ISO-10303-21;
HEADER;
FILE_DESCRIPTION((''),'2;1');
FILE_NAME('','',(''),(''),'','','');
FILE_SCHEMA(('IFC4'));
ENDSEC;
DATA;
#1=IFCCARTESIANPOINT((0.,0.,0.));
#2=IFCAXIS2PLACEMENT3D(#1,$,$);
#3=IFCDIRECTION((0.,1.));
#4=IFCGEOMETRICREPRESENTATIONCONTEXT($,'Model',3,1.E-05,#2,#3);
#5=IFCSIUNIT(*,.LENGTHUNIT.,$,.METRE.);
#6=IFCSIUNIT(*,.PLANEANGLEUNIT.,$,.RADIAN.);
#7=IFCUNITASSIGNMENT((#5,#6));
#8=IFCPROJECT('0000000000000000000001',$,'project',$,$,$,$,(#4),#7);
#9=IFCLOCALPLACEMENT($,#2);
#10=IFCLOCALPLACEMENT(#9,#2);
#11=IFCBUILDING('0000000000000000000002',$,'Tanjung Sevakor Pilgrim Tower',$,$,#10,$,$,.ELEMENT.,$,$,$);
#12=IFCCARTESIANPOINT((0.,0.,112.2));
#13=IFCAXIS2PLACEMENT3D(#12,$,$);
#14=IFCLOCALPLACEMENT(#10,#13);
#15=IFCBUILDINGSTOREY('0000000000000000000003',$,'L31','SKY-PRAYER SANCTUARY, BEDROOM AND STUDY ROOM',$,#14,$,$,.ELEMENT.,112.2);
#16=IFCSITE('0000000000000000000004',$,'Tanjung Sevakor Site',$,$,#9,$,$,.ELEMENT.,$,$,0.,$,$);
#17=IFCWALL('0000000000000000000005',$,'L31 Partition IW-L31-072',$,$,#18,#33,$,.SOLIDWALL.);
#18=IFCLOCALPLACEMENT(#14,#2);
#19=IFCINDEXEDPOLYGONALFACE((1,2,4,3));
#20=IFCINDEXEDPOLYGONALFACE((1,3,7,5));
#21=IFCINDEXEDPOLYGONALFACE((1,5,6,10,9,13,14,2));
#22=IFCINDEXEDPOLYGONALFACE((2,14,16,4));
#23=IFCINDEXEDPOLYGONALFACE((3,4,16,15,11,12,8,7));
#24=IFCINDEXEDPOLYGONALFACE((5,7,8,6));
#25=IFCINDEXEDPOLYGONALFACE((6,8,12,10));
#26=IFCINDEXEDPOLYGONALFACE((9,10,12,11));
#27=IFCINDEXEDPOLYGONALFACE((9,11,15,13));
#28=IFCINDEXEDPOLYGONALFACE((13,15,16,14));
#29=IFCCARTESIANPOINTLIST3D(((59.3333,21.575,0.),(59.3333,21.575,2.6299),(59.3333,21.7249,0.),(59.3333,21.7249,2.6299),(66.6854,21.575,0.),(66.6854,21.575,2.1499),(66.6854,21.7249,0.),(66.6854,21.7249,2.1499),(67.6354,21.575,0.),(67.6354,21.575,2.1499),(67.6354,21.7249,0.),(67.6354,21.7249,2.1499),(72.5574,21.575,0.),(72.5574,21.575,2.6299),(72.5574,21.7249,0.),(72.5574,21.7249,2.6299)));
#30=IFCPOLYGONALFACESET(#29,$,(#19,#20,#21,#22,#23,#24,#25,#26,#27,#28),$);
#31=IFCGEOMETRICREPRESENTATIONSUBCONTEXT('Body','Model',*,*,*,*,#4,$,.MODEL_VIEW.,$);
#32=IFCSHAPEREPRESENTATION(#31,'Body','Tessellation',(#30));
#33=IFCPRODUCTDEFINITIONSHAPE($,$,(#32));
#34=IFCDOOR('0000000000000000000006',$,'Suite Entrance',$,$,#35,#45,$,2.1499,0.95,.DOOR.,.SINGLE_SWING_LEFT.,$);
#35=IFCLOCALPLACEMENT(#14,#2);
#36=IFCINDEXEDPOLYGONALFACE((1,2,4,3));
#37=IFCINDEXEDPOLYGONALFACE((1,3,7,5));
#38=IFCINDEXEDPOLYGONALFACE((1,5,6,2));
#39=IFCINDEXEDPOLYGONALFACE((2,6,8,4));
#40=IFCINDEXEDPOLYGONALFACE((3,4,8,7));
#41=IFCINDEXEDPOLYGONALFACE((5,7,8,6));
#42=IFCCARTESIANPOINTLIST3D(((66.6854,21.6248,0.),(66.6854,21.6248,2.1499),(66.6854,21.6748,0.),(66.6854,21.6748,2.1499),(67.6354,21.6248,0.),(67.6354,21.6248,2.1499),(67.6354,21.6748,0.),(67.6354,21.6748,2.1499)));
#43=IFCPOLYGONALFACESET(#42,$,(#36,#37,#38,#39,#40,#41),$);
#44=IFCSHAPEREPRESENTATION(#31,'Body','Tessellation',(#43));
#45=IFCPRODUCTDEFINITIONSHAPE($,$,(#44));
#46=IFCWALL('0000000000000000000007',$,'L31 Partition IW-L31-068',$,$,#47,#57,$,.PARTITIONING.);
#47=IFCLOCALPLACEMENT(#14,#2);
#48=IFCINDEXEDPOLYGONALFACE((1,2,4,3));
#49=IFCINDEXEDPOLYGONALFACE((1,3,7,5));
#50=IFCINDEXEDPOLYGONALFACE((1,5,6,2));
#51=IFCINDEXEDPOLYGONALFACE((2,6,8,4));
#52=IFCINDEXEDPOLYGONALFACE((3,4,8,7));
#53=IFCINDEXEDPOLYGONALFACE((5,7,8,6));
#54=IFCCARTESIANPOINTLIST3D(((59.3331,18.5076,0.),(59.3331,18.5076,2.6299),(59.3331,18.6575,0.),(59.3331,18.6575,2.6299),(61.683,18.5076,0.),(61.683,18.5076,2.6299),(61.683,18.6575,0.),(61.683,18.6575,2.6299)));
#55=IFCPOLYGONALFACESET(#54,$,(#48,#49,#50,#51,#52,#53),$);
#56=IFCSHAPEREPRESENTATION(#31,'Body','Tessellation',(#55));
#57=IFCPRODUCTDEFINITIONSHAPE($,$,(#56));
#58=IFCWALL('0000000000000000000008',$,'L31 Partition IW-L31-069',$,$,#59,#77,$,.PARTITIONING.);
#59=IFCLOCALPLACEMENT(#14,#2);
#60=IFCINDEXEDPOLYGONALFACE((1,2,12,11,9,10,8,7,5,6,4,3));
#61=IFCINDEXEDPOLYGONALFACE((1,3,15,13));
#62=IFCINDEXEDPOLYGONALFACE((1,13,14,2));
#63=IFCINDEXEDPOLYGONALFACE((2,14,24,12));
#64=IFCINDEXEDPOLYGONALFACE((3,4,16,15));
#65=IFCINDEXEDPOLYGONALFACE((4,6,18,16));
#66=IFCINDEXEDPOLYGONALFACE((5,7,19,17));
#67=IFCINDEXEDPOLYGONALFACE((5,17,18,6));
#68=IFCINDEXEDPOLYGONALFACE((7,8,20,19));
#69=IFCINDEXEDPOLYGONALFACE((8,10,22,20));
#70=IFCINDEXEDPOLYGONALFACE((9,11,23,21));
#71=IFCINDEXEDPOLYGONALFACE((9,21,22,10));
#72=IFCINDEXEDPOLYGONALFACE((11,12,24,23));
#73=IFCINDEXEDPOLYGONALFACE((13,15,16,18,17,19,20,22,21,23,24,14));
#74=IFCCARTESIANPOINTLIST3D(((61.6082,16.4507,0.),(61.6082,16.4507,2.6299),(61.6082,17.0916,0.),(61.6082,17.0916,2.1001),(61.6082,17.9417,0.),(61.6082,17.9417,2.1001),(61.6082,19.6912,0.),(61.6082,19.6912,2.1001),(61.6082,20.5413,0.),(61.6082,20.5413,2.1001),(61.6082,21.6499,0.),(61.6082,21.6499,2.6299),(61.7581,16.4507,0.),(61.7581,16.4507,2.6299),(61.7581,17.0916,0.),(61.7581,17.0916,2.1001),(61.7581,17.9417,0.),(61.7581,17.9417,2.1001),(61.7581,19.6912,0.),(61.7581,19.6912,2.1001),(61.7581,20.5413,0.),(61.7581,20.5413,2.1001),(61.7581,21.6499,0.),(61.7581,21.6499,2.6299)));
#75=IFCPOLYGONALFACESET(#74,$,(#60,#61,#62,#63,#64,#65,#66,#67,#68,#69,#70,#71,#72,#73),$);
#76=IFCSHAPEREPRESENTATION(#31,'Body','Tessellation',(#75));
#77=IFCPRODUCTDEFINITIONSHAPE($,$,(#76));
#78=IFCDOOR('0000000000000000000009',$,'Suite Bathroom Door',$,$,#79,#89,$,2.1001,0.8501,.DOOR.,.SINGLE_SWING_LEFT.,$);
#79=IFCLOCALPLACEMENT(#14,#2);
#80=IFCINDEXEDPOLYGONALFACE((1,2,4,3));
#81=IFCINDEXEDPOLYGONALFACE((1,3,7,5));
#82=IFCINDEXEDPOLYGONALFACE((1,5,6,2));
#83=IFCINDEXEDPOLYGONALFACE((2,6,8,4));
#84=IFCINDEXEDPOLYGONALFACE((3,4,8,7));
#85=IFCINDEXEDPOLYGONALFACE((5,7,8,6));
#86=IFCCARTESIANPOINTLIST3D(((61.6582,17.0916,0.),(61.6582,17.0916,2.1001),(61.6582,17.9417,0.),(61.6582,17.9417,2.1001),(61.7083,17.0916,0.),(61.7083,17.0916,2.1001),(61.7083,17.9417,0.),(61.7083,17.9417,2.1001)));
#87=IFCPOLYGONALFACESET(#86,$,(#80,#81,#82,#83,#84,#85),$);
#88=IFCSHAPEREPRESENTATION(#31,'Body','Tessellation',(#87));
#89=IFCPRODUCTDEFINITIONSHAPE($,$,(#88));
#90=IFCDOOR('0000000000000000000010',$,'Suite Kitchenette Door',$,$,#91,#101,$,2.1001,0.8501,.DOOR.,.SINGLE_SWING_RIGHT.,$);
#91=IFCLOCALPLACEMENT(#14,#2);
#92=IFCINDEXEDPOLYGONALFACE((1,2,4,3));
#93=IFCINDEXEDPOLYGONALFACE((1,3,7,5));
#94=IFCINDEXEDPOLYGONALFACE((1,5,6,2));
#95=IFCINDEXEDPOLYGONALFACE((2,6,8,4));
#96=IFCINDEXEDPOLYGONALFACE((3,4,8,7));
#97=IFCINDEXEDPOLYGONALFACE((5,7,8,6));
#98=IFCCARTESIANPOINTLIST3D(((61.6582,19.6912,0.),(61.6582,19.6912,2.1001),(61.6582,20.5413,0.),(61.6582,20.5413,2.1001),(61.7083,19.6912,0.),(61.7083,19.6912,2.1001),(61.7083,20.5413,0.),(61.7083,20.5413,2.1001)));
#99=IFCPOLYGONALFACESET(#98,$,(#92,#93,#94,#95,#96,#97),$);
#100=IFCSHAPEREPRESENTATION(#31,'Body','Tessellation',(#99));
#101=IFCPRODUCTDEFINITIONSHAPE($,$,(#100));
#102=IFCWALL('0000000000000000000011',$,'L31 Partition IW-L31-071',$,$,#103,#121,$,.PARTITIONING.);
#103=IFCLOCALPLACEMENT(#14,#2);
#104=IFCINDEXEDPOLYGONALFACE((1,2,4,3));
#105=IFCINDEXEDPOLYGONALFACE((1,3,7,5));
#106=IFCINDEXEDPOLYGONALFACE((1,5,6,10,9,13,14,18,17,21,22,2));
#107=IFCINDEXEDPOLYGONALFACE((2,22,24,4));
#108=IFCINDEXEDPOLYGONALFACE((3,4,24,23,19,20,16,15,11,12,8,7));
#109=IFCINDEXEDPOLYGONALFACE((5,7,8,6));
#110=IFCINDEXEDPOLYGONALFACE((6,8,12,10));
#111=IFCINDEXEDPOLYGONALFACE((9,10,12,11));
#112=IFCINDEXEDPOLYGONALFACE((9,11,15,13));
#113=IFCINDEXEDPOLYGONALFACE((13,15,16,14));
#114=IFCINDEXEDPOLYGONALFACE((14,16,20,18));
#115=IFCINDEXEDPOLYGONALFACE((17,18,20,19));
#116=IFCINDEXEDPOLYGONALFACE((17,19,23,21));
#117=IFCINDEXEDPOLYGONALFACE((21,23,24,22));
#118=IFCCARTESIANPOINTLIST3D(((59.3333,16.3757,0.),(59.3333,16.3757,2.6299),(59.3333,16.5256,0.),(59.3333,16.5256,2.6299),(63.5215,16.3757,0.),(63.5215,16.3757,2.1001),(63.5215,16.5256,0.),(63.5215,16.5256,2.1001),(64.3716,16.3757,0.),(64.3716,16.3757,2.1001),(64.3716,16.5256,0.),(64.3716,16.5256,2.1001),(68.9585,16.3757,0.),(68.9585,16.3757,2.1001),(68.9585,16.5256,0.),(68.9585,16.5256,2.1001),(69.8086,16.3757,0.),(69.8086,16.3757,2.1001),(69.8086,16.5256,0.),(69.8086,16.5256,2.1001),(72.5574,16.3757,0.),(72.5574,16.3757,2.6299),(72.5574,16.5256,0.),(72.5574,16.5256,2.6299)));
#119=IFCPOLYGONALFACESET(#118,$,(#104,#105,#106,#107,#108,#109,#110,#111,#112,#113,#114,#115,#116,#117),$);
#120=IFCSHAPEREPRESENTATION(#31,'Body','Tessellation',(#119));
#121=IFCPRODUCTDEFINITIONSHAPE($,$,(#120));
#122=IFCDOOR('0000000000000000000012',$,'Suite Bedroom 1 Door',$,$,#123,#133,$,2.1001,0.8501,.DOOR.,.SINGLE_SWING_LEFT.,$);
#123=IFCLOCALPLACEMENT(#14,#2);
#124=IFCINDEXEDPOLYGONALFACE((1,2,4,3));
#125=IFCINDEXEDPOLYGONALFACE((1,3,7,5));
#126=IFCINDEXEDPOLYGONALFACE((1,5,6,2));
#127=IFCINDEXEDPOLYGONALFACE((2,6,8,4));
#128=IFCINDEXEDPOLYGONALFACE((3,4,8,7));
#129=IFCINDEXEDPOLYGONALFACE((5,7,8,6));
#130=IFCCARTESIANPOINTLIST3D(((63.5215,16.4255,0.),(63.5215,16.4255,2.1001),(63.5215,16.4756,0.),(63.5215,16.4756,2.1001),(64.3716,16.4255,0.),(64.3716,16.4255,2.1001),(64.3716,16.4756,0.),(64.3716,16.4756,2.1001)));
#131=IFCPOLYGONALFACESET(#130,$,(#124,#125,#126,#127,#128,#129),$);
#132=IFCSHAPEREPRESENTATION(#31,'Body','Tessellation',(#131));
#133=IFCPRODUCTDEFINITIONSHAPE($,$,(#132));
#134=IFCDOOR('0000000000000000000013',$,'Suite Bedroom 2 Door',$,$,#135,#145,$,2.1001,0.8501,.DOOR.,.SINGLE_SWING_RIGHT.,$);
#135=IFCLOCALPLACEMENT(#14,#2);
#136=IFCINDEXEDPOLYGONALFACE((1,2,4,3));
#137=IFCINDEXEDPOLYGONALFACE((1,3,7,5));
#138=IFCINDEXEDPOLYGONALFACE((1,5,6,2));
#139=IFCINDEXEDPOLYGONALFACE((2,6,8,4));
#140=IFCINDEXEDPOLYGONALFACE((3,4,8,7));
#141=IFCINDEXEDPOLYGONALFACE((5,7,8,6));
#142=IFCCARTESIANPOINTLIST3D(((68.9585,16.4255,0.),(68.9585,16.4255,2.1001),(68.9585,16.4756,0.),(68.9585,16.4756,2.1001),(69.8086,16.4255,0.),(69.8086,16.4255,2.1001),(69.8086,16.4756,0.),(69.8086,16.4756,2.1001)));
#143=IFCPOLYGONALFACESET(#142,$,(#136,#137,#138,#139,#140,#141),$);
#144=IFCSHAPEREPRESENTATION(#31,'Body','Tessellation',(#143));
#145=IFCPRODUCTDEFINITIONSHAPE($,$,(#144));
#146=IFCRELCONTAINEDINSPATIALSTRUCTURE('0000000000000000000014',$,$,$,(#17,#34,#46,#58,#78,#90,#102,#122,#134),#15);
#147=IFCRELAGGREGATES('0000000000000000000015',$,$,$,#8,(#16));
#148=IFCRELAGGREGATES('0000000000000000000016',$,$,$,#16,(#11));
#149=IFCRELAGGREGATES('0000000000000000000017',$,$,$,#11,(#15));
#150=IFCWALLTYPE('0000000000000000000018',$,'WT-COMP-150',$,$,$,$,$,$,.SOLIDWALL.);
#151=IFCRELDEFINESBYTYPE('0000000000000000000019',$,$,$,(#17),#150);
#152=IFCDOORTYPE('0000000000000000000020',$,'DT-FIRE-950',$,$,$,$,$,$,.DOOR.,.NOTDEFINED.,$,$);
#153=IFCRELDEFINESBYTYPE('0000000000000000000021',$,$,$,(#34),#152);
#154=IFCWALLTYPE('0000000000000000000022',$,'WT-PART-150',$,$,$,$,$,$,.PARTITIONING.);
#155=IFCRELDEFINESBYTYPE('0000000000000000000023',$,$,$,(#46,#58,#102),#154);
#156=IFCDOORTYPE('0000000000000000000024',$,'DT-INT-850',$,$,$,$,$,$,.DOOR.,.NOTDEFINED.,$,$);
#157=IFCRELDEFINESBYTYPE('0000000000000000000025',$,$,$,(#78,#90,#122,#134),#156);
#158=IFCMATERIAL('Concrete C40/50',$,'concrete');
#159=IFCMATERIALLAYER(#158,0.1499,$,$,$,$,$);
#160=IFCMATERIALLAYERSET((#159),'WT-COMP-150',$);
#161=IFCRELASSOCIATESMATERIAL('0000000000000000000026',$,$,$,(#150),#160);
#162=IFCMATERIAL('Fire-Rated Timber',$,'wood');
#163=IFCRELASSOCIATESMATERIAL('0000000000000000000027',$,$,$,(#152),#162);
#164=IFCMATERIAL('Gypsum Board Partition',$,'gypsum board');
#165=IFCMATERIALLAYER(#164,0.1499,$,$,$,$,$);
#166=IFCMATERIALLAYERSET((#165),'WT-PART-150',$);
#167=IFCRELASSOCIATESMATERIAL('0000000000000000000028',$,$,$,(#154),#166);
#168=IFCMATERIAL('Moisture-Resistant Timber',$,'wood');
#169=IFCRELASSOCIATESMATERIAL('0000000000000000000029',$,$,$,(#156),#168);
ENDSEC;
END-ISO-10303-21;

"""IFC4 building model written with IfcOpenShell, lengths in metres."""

from ifc_helpers import new_model, si_unit, direction, frame, frame_2d, origin, place, context, subcontext, project, spatial, rectangle, extrude, material, layer, layer_set, type_object, element, fill, save


model = new_model("IFC4")

# Units and contexts
model_context = context("Model", 3, precision=1e-05, world=origin(), true_north=direction((0.0, 1.0)))
body_context = subcontext(model_context, "Body", "Model", "MODEL_VIEW")
ifc_project = project(units=[si_unit("LENGTHUNIT", "METRE"), si_unit("PLANEANGLEUNIT", "RADIAN")], contexts=[model_context])

# Site, building, storey
site_placement = place(None, origin())
site = spatial("IfcSite", under=ifc_project, at=site_placement, Name="Tanjung Sevakor Site", CompositionType="ELEMENT", RefElevation=0.0)
building_placement = place(site_placement, origin())
building = spatial("IfcBuilding", under=site, at=building_placement, Name="Tanjung Sevakor Pilgrim Tower", CompositionType="ELEMENT")
storey_placement = place(building_placement, frame((0.0, 0.0, 112.2)))
storey = spatial("IfcBuildingStorey", under=building, at=storey_placement, Name="L31", Description="SKY-PRAYER SANCTUARY, BEDROOM AND STUDY ROOM", CompositionType="ELEMENT", Elevation=112.2)

# Shared definitions
ifc_material_1 = material(Name="Concrete C40/50", Category="concrete")
ifc_layer_1 = layer(ifc_material_1, 0.1499)
ifc_layer_set_1 = layer_set([ifc_layer_1], Name="WT-COMP-150")
wall_type_1 = type_object("IfcWallType", Name="WT-COMP-150", PredefinedType="SOLIDWALL", material=ifc_layer_set_1)

# Wall, opening, door
wall_1_placement = place(storey_placement, frame((59.3333, 21.6499, 0.0), z_axis=(0.0, 0.0, 1.0), x_axis=(1.0, 0.0, 0.0)))
wall_1 = element("IfcWall", 1, at=wall_1_placement, inside=storey, type_object=wall_type_1, Name="L31 Partition IW-L31-072", PredefinedType="SOLIDWALL", context=body_context, shape_type="SweptSolid", body=[
    extrude(rectangle(XDim=13.2241, YDim=0.1499, at=frame_2d((6.6121, 0.0))), origin(), (0.0, 0.0, 1.0), 2.6299),
])
opening_1_placement = place(wall_1_placement, frame((7.3521, 0.0, 0.0)))
opening_1 = element("IfcOpeningElement", 2, at=opening_1_placement, cuts=wall_1, PredefinedType="OPENING", context=body_context, shape_type="SweptSolid", body=[
    extrude(rectangle(XDim=0.95, YDim=2.1499, at=frame_2d((0.4751, 1.075))), frame((0.0, 0.085, 0.0), z_axis=(0.0, -1.0, 0.0), x_axis=(1.0, 0.0, 0.0)), (0.0, 0.0, 1.0), 0.1699),
])
ifc_material_2 = material(Name="Fire-Rated Timber", Category="wood")
door_type_1 = type_object("IfcDoorType", Name="DT-FIRE-950", OperationType="NOTDEFINED", PredefinedType="DOOR", material=ifc_material_2)
door_1_placement = place(opening_1_placement, origin())
door_1 = element("IfcDoor", 3, at=door_1_placement, inside=storey, type_object=door_type_1, Name="Suite Entrance", OperationType="SINGLE_SWING_LEFT", OverallHeight=2.1499, OverallWidth=0.95, PredefinedType="DOOR", context=body_context, shape_type="SweptSolid", body=[
    extrude(rectangle(XDim=0.95, YDim=2.1499, at=frame_2d((0.4751, 1.075))), frame((0.0, 0.0249, 0.0), z_axis=(0.0, -1.0, 0.0), x_axis=(1.0, 0.0, 0.0)), (0.0, 0.0, 1.0), 0.05),
])
fill(opening_1, door_1)

# Wall
ifc_material_3 = material(Name="Gypsum Board Partition", Category="gypsum board")
ifc_layer_2 = layer(ifc_material_3, 0.1499)
ifc_layer_set_2 = layer_set([ifc_layer_2], Name="WT-PART-150")
wall_type_2 = type_object("IfcWallType", Name="WT-PART-150", PredefinedType="PARTITIONING", material=ifc_layer_set_2)
wall_2_placement = place(storey_placement, frame((59.3333, 18.5825, 0.0), z_axis=(0.0, 0.0, 1.0), x_axis=(1.0, 0.0, 0.0)))
element("IfcWall", 4, at=wall_2_placement, inside=storey, type_object=wall_type_2, Name="L31 Partition IW-L31-068", PredefinedType="PARTITIONING", context=body_context, shape_type="SweptSolid", body=[
    extrude(rectangle(XDim=2.3499, YDim=0.1499, at=frame_2d((1.1748, 0.0))), origin(), (0.0, 0.0, 1.0), 2.6299),
])

# Walls, openings, doors
wall_3_placement = place(storey_placement, frame((61.6831, 16.4507, 0.0), z_axis=(0.0, 0.0, 1.0), x_axis=(0.0, 1.0, 0.0)))
wall_3 = element("IfcWall", 5, at=wall_3_placement, inside=storey, type_object=wall_type_2, Name="L31 Partition IW-L31-069", PredefinedType="PARTITIONING", context=body_context, shape_type="SweptSolid", body=[
    extrude(rectangle(XDim=5.1992, YDim=0.1499, at=frame_2d((2.5996, 0.0))), origin(), (0.0, 0.0, 1.0), 2.6299),
])
opening_2_placement = place(wall_3_placement, frame((0.6409, 0.0, 0.0)))
opening_2 = element("IfcOpeningElement", 6, at=opening_2_placement, cuts=wall_3, PredefinedType="OPENING", context=body_context, shape_type="SweptSolid", body=[
    extrude(rectangle(XDim=0.8501, YDim=2.1001, at=frame_2d((0.425, 1.05))), frame((0.0, 0.085, 0.0), z_axis=(0.0, -1.0, 0.0), x_axis=(1.0, 0.0, 0.0)), (0.0, 0.0, 1.0), 0.1699),
])
opening_3_placement = place(wall_3_placement, frame((3.2405, 0.0, 0.0)))
opening_3 = element("IfcOpeningElement", 7, at=opening_3_placement, cuts=wall_3, PredefinedType="OPENING", context=body_context, shape_type="SweptSolid", body=[
    extrude(rectangle(XDim=0.8501, YDim=2.1001, at=frame_2d((0.425, 1.05))), frame((0.0, 0.085, 0.0), z_axis=(0.0, -1.0, 0.0), x_axis=(1.0, 0.0, 0.0)), (0.0, 0.0, 1.0), 0.1699),
])
ifc_material_4 = material(Name="Moisture-Resistant Timber", Category="wood")
door_type_2 = type_object("IfcDoorType", Name="DT-INT-850", OperationType="NOTDEFINED", PredefinedType="DOOR", material=ifc_material_4)
door_2_placement = place(opening_2_placement, origin())
door_2 = element("IfcDoor", 8, at=door_2_placement, inside=storey, type_object=door_type_2, Name="Suite Bathroom Door", OperationType="SINGLE_SWING_LEFT", OverallHeight=2.1001, OverallWidth=0.8501, PredefinedType="DOOR", context=body_context, shape_type="SweptSolid", body=[
    extrude(rectangle(XDim=0.8501, YDim=2.1001, at=frame_2d((0.425, 1.05))), frame((0.0, 0.0249, 0.0), z_axis=(0.0, -1.0, 0.0), x_axis=(1.0, 0.0, 0.0)), (0.0, 0.0, 1.0), 0.05),
])
fill(opening_2, door_2)
door_3_placement = place(opening_3_placement, origin())
door_3 = element("IfcDoor", 9, at=door_3_placement, inside=storey, type_object=door_type_2, Name="Suite Kitchenette Door", OperationType="SINGLE_SWING_RIGHT", OverallHeight=2.1001, OverallWidth=0.8501, PredefinedType="DOOR", context=body_context, shape_type="SweptSolid", body=[
    extrude(rectangle(XDim=0.8501, YDim=2.1001, at=frame_2d((0.425, 1.05))), frame((0.0, 0.0249, 0.0), z_axis=(0.0, -1.0, 0.0), x_axis=(1.0, 0.0, 0.0)), (0.0, 0.0, 1.0), 0.05),
])
fill(opening_3, door_3)
wall_4_placement = place(storey_placement, frame((59.3333, 16.4507, 0.0), z_axis=(0.0, 0.0, 1.0), x_axis=(1.0, 0.0, 0.0)))
wall_4 = element("IfcWall", 10, at=wall_4_placement, inside=storey, type_object=wall_type_2, Name="L31 Partition IW-L31-071", PredefinedType="PARTITIONING", context=body_context, shape_type="SweptSolid", body=[
    extrude(rectangle(XDim=13.2241, YDim=0.1499, at=frame_2d((6.6121, 0.0))), origin(), (0.0, 0.0, 1.0), 2.6299),
])
opening_4_placement = place(wall_4_placement, frame((4.1882, 0.0, 0.0)))
opening_4 = element("IfcOpeningElement", 11, at=opening_4_placement, cuts=wall_4, PredefinedType="OPENING", context=body_context, shape_type="SweptSolid", body=[
    extrude(rectangle(XDim=0.8501, YDim=2.1001, at=frame_2d((0.425, 1.05))), frame((0.0, 0.085, 0.0), z_axis=(0.0, -1.0, 0.0), x_axis=(1.0, 0.0, 0.0)), (0.0, 0.0, 1.0), 0.1699),
])
opening_5_placement = place(wall_4_placement, frame((9.6252, 0.0, 0.0)))
opening_5 = element("IfcOpeningElement", 12, at=opening_5_placement, cuts=wall_4, PredefinedType="OPENING", context=body_context, shape_type="SweptSolid", body=[
    extrude(rectangle(XDim=0.8501, YDim=2.1001, at=frame_2d((0.425, 1.05))), frame((0.0, 0.085, 0.0), z_axis=(0.0, -1.0, 0.0), x_axis=(1.0, 0.0, 0.0)), (0.0, 0.0, 1.0), 0.1699),
])
door_4_placement = place(opening_4_placement, origin())
door_4 = element("IfcDoor", 13, at=door_4_placement, inside=storey, type_object=door_type_2, Name="Suite Bedroom 1 Door", OperationType="SINGLE_SWING_LEFT", OverallHeight=2.1001, OverallWidth=0.8501, PredefinedType="DOOR", context=body_context, shape_type="SweptSolid", body=[
    extrude(rectangle(XDim=0.8501, YDim=2.1001, at=frame_2d((0.425, 1.05))), frame((0.0, 0.0249, 0.0), z_axis=(0.0, -1.0, 0.0), x_axis=(1.0, 0.0, 0.0)), (0.0, 0.0, 1.0), 0.05),
])
fill(opening_4, door_4)
door_5_placement = place(opening_5_placement, origin())
door_5 = element("IfcDoor", 14, at=door_5_placement, inside=storey, type_object=door_type_2, Name="Suite Bedroom 2 Door", OperationType="SINGLE_SWING_RIGHT", OverallHeight=2.1001, OverallWidth=0.8501, PredefinedType="DOOR", context=body_context, shape_type="SweptSolid", body=[
    extrude(rectangle(XDim=0.8501, YDim=2.1001, at=frame_2d((0.425, 1.05))), frame((0.0, 0.0249, 0.0), z_axis=(0.0, -1.0, 0.0), x_axis=(1.0, 0.0, 0.0)), (0.0, 0.0, 1.0), 0.05),
])
fill(opening_5, door_5)

save(model, "model.ifc")
